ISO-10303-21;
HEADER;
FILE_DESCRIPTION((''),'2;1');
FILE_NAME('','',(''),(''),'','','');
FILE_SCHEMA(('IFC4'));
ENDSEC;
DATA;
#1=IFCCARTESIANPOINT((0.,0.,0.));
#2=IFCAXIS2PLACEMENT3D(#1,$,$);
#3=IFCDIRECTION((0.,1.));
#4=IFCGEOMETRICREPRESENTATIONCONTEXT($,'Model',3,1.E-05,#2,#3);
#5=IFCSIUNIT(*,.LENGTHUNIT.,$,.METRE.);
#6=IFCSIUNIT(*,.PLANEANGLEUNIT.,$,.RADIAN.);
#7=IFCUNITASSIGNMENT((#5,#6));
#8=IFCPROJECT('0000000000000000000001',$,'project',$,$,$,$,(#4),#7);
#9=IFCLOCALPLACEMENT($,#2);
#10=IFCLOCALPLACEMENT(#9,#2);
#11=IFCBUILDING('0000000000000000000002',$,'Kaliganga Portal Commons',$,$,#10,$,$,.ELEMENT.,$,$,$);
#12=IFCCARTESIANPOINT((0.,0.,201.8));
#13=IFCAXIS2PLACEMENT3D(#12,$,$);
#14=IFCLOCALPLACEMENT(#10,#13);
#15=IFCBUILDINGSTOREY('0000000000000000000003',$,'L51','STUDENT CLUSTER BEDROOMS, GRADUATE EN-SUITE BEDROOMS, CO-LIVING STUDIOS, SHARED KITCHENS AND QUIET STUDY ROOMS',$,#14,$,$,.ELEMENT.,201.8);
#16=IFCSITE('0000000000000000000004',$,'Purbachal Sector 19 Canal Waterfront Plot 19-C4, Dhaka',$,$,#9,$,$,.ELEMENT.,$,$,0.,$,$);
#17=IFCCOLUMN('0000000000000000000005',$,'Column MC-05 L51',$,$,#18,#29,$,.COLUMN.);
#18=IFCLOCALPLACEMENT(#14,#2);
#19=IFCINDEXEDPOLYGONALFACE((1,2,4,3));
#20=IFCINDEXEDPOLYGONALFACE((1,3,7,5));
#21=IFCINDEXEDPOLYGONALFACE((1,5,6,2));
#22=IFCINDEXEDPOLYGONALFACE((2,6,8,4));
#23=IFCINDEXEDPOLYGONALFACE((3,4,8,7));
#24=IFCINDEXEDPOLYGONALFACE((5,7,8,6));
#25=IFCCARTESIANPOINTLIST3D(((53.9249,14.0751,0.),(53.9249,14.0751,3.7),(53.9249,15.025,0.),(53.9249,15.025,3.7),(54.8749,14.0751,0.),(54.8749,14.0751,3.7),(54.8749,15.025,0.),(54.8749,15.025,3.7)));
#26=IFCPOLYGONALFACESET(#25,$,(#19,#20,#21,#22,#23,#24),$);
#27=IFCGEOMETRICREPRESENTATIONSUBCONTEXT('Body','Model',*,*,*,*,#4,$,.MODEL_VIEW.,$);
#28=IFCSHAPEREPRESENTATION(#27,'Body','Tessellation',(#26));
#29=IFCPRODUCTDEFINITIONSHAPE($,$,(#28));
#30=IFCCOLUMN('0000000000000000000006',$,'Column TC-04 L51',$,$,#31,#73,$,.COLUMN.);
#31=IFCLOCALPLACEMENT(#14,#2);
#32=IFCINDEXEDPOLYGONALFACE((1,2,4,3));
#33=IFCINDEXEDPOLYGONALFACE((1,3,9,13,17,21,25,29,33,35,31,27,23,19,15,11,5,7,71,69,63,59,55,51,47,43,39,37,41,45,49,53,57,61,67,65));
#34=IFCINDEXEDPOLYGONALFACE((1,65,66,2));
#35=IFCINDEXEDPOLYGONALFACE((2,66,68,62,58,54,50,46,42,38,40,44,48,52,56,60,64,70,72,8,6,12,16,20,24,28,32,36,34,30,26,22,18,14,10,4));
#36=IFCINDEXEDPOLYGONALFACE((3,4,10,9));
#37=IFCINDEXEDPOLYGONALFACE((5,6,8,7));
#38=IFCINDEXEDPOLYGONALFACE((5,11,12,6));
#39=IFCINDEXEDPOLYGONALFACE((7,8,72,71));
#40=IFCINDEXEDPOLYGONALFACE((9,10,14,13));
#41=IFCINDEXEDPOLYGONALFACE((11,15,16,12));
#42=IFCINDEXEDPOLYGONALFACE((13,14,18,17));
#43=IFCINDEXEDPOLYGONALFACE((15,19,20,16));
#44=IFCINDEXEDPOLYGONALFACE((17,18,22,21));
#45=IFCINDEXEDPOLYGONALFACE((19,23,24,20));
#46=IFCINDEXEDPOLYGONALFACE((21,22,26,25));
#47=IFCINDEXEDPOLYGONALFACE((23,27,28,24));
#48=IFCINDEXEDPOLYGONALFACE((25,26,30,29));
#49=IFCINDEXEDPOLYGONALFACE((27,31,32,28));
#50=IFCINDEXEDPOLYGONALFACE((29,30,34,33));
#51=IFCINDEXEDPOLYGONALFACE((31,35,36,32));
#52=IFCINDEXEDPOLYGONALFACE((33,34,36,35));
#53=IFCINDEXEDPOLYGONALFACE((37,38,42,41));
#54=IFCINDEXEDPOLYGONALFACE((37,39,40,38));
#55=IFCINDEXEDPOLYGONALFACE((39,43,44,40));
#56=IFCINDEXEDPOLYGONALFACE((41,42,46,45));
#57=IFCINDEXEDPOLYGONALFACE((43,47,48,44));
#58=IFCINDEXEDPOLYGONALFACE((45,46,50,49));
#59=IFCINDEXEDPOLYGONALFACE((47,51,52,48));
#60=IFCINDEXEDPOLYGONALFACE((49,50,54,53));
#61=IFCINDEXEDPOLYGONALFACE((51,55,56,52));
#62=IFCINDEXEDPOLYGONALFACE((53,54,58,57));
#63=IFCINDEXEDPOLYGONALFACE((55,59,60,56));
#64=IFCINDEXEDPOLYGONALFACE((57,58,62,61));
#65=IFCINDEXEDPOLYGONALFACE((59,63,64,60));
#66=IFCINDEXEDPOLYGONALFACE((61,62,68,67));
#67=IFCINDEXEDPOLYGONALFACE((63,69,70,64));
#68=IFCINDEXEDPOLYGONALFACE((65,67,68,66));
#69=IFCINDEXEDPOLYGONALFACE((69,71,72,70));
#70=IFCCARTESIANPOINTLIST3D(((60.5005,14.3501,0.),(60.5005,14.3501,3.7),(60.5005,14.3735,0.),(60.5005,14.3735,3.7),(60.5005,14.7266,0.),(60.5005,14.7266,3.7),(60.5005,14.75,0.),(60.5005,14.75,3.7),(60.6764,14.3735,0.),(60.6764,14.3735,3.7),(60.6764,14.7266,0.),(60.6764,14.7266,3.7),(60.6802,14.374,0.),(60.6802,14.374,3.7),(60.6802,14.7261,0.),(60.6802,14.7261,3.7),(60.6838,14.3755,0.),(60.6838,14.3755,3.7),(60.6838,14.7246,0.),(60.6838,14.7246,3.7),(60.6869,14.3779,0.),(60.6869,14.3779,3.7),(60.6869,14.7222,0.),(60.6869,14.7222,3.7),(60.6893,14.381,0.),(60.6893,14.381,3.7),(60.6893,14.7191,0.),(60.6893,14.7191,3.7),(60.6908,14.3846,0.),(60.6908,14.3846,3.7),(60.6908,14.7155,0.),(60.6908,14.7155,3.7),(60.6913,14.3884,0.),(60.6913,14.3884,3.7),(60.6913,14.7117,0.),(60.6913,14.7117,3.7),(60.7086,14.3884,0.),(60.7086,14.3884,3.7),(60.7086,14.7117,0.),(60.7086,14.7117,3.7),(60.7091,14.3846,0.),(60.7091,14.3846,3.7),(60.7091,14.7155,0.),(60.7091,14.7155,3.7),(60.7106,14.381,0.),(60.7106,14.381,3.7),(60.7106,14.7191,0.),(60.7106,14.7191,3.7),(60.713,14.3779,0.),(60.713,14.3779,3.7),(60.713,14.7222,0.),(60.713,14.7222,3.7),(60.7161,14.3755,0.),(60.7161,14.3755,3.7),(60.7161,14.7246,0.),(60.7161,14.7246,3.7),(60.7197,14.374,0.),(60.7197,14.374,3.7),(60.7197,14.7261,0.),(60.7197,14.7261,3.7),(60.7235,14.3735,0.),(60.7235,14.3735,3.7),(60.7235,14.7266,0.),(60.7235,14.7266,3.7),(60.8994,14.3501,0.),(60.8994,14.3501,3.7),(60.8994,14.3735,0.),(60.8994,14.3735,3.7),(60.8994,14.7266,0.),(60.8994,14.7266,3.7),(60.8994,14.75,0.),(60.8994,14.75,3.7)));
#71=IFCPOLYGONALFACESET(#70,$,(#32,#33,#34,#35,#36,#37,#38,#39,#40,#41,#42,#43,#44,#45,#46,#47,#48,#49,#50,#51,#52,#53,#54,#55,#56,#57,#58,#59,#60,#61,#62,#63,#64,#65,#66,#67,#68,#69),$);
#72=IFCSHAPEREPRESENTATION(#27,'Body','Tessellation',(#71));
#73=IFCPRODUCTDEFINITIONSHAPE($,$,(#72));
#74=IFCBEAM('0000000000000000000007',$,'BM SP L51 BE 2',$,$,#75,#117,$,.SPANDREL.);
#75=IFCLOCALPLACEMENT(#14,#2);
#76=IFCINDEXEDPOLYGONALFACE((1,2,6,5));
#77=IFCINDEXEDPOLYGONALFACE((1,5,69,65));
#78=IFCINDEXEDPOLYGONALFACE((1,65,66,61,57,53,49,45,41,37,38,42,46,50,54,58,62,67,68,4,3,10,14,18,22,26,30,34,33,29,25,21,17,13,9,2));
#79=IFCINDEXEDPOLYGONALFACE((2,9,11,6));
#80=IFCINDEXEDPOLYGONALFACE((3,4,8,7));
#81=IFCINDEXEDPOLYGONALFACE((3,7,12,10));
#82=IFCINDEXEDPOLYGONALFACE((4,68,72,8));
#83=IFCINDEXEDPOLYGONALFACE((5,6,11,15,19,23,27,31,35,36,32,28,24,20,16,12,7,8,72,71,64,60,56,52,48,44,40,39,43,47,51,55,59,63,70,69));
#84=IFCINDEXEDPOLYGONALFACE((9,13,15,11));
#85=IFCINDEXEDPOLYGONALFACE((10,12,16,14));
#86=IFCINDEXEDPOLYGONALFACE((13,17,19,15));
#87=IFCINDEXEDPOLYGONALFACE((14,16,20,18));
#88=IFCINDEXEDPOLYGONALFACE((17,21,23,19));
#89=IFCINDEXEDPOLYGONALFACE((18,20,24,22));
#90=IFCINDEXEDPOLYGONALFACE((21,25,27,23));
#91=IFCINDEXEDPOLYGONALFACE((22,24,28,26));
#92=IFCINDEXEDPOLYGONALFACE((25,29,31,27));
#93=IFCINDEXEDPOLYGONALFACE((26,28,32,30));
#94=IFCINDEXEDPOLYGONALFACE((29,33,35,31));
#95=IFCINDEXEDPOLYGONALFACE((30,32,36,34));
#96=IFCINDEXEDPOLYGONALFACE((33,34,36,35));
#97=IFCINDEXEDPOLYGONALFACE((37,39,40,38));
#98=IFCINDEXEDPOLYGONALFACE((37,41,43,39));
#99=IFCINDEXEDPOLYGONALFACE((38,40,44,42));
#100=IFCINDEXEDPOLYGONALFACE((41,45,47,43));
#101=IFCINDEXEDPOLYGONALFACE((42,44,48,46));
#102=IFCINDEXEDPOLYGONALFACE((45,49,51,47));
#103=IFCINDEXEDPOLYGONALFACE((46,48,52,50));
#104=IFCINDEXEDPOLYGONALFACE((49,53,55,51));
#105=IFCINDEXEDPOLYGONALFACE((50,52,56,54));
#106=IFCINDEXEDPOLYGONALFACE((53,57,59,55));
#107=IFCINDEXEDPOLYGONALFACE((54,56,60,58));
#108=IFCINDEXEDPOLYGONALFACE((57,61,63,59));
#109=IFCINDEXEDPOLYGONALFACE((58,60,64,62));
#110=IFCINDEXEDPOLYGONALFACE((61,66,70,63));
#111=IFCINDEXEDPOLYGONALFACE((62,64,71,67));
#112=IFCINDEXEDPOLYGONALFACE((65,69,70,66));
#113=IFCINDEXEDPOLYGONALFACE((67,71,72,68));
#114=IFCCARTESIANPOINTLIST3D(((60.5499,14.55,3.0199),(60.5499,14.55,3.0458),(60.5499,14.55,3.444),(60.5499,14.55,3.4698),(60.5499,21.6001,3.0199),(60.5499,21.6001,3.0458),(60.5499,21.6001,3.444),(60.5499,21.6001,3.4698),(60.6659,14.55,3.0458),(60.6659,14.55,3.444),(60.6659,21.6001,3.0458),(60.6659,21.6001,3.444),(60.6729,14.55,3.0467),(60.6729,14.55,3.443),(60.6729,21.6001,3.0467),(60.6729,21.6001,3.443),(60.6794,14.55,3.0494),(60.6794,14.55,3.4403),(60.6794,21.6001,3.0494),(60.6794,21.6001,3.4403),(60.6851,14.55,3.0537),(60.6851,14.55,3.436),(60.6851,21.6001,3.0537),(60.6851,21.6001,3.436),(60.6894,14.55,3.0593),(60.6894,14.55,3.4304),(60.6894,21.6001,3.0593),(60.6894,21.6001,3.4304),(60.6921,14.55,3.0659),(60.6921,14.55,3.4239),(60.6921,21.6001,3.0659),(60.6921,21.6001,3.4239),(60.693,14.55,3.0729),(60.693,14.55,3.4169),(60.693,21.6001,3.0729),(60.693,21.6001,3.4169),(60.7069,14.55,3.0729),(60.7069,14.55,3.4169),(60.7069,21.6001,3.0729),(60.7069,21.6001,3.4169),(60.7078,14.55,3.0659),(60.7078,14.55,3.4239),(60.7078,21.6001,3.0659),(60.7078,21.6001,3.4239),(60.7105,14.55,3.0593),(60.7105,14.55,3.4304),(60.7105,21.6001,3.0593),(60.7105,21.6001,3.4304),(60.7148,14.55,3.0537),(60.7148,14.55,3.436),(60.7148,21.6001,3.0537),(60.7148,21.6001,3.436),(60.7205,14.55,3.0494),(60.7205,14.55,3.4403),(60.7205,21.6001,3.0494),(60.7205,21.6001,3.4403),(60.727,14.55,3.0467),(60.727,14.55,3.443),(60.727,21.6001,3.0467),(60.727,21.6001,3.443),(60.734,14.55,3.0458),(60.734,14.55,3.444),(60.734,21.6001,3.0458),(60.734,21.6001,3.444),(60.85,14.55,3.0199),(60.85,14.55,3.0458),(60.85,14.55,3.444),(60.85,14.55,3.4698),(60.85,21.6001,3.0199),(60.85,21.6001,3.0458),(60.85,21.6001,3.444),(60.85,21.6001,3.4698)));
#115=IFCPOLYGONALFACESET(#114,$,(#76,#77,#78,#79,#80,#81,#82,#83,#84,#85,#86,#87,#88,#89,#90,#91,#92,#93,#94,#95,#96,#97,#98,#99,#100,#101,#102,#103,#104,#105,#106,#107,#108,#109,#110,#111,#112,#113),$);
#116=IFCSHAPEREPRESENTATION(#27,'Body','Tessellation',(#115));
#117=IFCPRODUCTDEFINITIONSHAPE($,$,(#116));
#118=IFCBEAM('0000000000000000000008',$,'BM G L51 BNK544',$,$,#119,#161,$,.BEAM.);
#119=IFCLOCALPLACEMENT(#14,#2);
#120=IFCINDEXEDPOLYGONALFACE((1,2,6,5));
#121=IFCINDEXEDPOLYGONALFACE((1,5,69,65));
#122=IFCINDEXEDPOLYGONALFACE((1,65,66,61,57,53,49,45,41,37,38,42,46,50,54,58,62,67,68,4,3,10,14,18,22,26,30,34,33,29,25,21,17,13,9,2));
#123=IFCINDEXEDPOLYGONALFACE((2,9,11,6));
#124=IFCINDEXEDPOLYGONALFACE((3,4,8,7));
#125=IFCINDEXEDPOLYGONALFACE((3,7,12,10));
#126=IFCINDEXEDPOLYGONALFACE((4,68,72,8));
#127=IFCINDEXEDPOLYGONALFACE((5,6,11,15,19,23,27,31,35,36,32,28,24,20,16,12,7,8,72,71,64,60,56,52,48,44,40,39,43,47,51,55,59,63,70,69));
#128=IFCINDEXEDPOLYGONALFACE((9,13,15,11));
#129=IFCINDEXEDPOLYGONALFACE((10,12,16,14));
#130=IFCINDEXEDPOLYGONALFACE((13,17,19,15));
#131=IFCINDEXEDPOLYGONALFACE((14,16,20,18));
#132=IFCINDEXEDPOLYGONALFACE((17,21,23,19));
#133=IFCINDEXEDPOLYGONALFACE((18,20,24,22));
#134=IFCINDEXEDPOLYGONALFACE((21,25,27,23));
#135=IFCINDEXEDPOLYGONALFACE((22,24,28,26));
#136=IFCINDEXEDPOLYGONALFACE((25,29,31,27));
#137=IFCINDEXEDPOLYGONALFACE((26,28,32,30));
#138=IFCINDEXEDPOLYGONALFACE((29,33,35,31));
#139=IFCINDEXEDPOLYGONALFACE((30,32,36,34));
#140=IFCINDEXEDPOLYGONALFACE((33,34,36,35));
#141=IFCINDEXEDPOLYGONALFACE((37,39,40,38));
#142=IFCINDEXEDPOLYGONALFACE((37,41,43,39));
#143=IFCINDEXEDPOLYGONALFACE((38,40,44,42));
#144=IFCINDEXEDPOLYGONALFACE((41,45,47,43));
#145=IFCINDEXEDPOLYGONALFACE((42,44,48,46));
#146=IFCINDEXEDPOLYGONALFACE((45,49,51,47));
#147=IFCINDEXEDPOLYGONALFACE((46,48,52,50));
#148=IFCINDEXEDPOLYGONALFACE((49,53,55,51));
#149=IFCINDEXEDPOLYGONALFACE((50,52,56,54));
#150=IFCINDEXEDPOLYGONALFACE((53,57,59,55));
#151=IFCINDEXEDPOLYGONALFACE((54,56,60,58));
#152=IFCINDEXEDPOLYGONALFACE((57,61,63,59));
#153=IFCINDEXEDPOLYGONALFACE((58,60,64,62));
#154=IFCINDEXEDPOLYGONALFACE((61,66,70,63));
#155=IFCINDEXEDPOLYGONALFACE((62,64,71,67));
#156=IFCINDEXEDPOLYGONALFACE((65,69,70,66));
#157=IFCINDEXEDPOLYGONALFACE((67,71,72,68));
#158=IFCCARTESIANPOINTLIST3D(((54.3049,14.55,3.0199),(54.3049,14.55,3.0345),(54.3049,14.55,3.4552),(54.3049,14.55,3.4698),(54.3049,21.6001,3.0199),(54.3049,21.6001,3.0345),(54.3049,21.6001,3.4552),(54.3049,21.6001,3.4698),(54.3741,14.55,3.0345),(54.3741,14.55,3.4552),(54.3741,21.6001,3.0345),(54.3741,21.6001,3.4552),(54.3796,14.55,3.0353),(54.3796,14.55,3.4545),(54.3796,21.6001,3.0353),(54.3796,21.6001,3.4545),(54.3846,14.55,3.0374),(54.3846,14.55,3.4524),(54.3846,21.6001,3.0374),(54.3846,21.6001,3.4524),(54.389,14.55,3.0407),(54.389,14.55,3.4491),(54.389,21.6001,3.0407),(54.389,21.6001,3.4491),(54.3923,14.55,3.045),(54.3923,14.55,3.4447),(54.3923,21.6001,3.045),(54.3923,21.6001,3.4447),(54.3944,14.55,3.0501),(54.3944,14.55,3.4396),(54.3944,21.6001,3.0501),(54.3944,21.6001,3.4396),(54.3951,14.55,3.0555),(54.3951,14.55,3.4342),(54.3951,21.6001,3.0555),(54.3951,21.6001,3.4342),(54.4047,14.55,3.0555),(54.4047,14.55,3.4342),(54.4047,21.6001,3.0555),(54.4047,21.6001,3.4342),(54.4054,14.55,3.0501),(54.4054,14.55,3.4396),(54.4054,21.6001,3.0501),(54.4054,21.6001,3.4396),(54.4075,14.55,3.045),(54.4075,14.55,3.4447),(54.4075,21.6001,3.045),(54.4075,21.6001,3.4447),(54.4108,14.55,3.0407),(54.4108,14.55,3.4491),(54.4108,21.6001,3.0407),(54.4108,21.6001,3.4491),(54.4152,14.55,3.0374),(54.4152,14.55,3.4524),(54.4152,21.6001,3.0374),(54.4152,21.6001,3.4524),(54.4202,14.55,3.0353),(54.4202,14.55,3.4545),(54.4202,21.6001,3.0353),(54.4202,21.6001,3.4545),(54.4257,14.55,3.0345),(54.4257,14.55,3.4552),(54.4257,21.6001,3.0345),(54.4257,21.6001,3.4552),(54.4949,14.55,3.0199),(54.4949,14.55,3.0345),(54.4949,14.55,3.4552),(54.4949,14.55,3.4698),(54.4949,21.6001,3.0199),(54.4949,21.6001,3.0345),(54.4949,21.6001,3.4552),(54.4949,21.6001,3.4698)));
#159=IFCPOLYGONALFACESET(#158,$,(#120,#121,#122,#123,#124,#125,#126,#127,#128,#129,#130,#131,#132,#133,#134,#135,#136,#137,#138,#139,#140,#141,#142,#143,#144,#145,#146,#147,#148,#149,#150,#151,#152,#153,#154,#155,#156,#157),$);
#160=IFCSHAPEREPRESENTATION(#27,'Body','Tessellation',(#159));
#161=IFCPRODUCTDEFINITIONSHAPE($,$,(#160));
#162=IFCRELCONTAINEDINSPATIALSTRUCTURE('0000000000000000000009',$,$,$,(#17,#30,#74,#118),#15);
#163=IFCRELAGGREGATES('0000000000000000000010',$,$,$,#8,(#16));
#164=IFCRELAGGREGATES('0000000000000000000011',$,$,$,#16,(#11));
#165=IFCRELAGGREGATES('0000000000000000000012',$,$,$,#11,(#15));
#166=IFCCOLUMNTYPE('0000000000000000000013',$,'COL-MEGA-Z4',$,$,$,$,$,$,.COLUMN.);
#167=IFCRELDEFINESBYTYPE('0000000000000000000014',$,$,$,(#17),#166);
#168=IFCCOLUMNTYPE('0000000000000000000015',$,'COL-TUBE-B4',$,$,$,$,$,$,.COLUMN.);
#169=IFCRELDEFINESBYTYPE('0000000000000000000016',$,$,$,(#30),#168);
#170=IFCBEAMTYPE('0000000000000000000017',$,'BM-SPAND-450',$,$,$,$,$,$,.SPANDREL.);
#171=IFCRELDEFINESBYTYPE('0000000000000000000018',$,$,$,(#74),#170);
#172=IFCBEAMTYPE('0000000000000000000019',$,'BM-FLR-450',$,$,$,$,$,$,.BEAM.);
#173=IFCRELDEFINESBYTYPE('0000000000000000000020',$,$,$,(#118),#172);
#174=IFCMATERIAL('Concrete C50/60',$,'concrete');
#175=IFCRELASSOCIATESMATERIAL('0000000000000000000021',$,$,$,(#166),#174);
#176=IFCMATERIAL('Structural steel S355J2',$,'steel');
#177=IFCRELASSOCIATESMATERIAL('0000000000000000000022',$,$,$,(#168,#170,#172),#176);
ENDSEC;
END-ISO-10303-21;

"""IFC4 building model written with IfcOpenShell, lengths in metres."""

from ifc_helpers import new_model, si_unit, direction, frame, origin, origin_2d, place, context, subcontext, project, spatial, rectangle, i_section, extrude, source, transform, mapped, material, material_profile, profile_set, type_object, element, save


model = new_model("IFC4")

# Units and contexts
model_context = context("Model", 3, precision=1e-05, world=origin(), true_north=direction((0.0, 1.0)))
body_context = subcontext(model_context, "Body", "Model", "MODEL_VIEW")
ifc_project = project(units=[si_unit("LENGTHUNIT", "METRE"), si_unit("PLANEANGLEUNIT", "RADIAN")], contexts=[model_context])

# Site, building, storey
site_placement = place(None, origin())
site = spatial("IfcSite", under=ifc_project, at=site_placement, Name="Purbachal Sector 19 Canal Waterfront Plot 19-C4, Dhaka", CompositionType="ELEMENT", RefElevation=0.0)
building_placement = place(site_placement, origin())
building = spatial("IfcBuilding", under=site, at=building_placement, Name="Kaliganga Portal Commons", CompositionType="ELEMENT")
storey_placement = place(building_placement, frame((0.0, 0.0, 201.8)))
storey = spatial("IfcBuildingStorey", under=building, at=storey_placement, Name="L51", Description="STUDENT CLUSTER BEDROOMS, GRADUATE EN-SUITE BEDROOMS, CO-LIVING STUDIOS, SHARED KITCHENS AND QUIET STUDY ROOMS", CompositionType="ELEMENT", Elevation=201.8)

# Columns
ifc_material_1 = material(Name="Concrete C50/60", Category="concrete")
ifc_material_profile_1 = material_profile(ifc_material_1, rectangle(XDim=0.95, YDim=0.95, at=origin_2d()), Name="RC 950x950")
ifc_profile_set_1 = profile_set([ifc_material_profile_1], Name="Concrete C50/60")
column_type_1 = type_object("IfcColumnType", Name="COL-MEGA-Z4", PredefinedType="COLUMN", material=ifc_profile_set_1)
shared_shape_1 = source(origin(), body_context, "Body", "SweptSolid", [
    extrude(rectangle(XDim=0.95, YDim=0.95, at=origin_2d()), origin(), (0.0, 0.0, 1.0), 3.7),
])
column_1_placement = place(storey_placement, frame((54.3999, 14.55, 0.0), z_axis=(0.0, 0.0, 1.0), x_axis=(1.0, 0.0, 0.0)))
element("IfcColumn", 1, at=column_1_placement, inside=storey, type_object=column_type_1, Name="Column MC-05 L51", PredefinedType="COLUMN", context=body_context, shape_type="MappedRepresentation", body=[
    mapped(shared_shape_1, transform((0.0, 0.0, 0.0), x_axis=(1.0, 0.0, 0.0), y_axis=(0.0, 1.0, 0.0), z_axis=(0.0, 0.0, 1.0), scale=1.0)),
])
ifc_material_2 = material(Name="Structural steel S355J2", Category="steel")
ifc_material_profile_2 = material_profile(ifc_material_2, i_section(OverallWidth=0.3989, OverallDepth=0.3999, WebThickness=0.0173, FlangeThickness=0.0234, FilletRadius=0.0149, at=origin_2d()), Name="HD 400x287")
ifc_profile_set_2 = profile_set([ifc_material_profile_2], Name="Structural steel S355J2 wide-flange")
column_type_2 = type_object("IfcColumnType", Name="COL-TUBE-B4", PredefinedType="COLUMN", material=ifc_profile_set_2)
shared_shape_2 = source(origin(), body_context, "Body", "SweptSolid", [
    extrude(i_section(OverallWidth=0.3989, OverallDepth=0.3999, WebThickness=0.0173, FlangeThickness=0.0234, FilletRadius=0.0149, at=origin_2d()), origin(), (0.0, 0.0, 1.0), 3.7),
])
column_2_placement = place(storey_placement, frame((60.7, 14.55, 0.0), z_axis=(0.0, 0.0, 1.0), x_axis=(1.0, 0.0, 0.0)))
element("IfcColumn", 2, at=column_2_placement, inside=storey, type_object=column_type_2, Name="Column TC-04 L51", PredefinedType="COLUMN", context=body_context, shape_type="MappedRepresentation", body=[
    mapped(shared_shape_2, transform((0.0, 0.0, 0.0), x_axis=(1.0, 0.0, 0.0), y_axis=(0.0, 1.0, 0.0), z_axis=(0.0, 0.0, 1.0), scale=1.0)),
])

# Beams
ifc_material_profile_3 = material_profile(ifc_material_2, i_section(OverallWidth=0.3, OverallDepth=0.45, WebThickness=0.0139, FlangeThickness=0.0259, FilletRadius=0.0271, at=origin_2d()), Name="HE 450 B")
ifc_profile_set_3 = profile_set([ifc_material_profile_3], Name="Structural steel S355J2 wide-flange")
beam_type_1 = type_object("IfcBeamType", Name="BM-SPAND-450", PredefinedType="SPANDREL", material=ifc_profile_set_3)
shared_shape_3 = source(origin(), body_context, "Body", "SweptSolid", [
    extrude(i_section(OverallWidth=0.3, OverallDepth=0.45, WebThickness=0.0139, FlangeThickness=0.0259, FilletRadius=0.0271, at=origin_2d()), origin(), (0.0, 0.0, 1.0), 7.05),
])
beam_1_placement = place(storey_placement, frame((60.7, 14.55, 3.2449), z_axis=(0.0, 1.0, 0.0), x_axis=(-1.0, 0.0, 0.0)))
element("IfcBeam", 3, at=beam_1_placement, inside=storey, type_object=beam_type_1, Name="BM SP L51 BE 2", PredefinedType="SPANDREL", context=body_context, shape_type="MappedRepresentation", body=[
    mapped(shared_shape_3, transform((0.0, 0.0, 0.0), x_axis=(1.0, 0.0, 0.0), y_axis=(0.0, 1.0, 0.0), z_axis=(0.0, 0.0, 1.0), scale=1.0)),
])
ifc_material_profile_4 = material_profile(ifc_material_2, i_section(OverallWidth=0.1899, OverallDepth=0.45, WebThickness=0.0095, FlangeThickness=0.0146, FilletRadius=0.021, at=origin_2d()), Name="IPE 450")
ifc_profile_set_4 = profile_set([ifc_material_profile_4], Name="Structural steel S355J2 wide-flange")
beam_type_2 = type_object("IfcBeamType", Name="BM-FLR-450", PredefinedType="BEAM", material=ifc_profile_set_4)
shared_shape_4 = source(origin(), body_context, "Body", "SweptSolid", [
    extrude(i_section(OverallWidth=0.1899, OverallDepth=0.45, WebThickness=0.0095, FlangeThickness=0.0146, FilletRadius=0.021, at=origin_2d()), origin(), (0.0, 0.0, 1.0), 7.05),
])
beam_2_placement = place(storey_placement, frame((54.3999, 14.55, 3.2449), z_axis=(0.0, 1.0, 0.0), x_axis=(-1.0, 0.0, 0.0)))
element("IfcBeam", 4, at=beam_2_placement, inside=storey, type_object=beam_type_2, Name="BM G L51 BNK544", PredefinedType="BEAM", context=body_context, shape_type="MappedRepresentation", body=[
    mapped(shared_shape_4, transform((0.0, 0.0, 0.0), x_axis=(1.0, 0.0, 0.0), y_axis=(0.0, 1.0, 0.0), z_axis=(0.0, 0.0, 1.0), scale=1.0)),
])

save(model, "model.ifc")
